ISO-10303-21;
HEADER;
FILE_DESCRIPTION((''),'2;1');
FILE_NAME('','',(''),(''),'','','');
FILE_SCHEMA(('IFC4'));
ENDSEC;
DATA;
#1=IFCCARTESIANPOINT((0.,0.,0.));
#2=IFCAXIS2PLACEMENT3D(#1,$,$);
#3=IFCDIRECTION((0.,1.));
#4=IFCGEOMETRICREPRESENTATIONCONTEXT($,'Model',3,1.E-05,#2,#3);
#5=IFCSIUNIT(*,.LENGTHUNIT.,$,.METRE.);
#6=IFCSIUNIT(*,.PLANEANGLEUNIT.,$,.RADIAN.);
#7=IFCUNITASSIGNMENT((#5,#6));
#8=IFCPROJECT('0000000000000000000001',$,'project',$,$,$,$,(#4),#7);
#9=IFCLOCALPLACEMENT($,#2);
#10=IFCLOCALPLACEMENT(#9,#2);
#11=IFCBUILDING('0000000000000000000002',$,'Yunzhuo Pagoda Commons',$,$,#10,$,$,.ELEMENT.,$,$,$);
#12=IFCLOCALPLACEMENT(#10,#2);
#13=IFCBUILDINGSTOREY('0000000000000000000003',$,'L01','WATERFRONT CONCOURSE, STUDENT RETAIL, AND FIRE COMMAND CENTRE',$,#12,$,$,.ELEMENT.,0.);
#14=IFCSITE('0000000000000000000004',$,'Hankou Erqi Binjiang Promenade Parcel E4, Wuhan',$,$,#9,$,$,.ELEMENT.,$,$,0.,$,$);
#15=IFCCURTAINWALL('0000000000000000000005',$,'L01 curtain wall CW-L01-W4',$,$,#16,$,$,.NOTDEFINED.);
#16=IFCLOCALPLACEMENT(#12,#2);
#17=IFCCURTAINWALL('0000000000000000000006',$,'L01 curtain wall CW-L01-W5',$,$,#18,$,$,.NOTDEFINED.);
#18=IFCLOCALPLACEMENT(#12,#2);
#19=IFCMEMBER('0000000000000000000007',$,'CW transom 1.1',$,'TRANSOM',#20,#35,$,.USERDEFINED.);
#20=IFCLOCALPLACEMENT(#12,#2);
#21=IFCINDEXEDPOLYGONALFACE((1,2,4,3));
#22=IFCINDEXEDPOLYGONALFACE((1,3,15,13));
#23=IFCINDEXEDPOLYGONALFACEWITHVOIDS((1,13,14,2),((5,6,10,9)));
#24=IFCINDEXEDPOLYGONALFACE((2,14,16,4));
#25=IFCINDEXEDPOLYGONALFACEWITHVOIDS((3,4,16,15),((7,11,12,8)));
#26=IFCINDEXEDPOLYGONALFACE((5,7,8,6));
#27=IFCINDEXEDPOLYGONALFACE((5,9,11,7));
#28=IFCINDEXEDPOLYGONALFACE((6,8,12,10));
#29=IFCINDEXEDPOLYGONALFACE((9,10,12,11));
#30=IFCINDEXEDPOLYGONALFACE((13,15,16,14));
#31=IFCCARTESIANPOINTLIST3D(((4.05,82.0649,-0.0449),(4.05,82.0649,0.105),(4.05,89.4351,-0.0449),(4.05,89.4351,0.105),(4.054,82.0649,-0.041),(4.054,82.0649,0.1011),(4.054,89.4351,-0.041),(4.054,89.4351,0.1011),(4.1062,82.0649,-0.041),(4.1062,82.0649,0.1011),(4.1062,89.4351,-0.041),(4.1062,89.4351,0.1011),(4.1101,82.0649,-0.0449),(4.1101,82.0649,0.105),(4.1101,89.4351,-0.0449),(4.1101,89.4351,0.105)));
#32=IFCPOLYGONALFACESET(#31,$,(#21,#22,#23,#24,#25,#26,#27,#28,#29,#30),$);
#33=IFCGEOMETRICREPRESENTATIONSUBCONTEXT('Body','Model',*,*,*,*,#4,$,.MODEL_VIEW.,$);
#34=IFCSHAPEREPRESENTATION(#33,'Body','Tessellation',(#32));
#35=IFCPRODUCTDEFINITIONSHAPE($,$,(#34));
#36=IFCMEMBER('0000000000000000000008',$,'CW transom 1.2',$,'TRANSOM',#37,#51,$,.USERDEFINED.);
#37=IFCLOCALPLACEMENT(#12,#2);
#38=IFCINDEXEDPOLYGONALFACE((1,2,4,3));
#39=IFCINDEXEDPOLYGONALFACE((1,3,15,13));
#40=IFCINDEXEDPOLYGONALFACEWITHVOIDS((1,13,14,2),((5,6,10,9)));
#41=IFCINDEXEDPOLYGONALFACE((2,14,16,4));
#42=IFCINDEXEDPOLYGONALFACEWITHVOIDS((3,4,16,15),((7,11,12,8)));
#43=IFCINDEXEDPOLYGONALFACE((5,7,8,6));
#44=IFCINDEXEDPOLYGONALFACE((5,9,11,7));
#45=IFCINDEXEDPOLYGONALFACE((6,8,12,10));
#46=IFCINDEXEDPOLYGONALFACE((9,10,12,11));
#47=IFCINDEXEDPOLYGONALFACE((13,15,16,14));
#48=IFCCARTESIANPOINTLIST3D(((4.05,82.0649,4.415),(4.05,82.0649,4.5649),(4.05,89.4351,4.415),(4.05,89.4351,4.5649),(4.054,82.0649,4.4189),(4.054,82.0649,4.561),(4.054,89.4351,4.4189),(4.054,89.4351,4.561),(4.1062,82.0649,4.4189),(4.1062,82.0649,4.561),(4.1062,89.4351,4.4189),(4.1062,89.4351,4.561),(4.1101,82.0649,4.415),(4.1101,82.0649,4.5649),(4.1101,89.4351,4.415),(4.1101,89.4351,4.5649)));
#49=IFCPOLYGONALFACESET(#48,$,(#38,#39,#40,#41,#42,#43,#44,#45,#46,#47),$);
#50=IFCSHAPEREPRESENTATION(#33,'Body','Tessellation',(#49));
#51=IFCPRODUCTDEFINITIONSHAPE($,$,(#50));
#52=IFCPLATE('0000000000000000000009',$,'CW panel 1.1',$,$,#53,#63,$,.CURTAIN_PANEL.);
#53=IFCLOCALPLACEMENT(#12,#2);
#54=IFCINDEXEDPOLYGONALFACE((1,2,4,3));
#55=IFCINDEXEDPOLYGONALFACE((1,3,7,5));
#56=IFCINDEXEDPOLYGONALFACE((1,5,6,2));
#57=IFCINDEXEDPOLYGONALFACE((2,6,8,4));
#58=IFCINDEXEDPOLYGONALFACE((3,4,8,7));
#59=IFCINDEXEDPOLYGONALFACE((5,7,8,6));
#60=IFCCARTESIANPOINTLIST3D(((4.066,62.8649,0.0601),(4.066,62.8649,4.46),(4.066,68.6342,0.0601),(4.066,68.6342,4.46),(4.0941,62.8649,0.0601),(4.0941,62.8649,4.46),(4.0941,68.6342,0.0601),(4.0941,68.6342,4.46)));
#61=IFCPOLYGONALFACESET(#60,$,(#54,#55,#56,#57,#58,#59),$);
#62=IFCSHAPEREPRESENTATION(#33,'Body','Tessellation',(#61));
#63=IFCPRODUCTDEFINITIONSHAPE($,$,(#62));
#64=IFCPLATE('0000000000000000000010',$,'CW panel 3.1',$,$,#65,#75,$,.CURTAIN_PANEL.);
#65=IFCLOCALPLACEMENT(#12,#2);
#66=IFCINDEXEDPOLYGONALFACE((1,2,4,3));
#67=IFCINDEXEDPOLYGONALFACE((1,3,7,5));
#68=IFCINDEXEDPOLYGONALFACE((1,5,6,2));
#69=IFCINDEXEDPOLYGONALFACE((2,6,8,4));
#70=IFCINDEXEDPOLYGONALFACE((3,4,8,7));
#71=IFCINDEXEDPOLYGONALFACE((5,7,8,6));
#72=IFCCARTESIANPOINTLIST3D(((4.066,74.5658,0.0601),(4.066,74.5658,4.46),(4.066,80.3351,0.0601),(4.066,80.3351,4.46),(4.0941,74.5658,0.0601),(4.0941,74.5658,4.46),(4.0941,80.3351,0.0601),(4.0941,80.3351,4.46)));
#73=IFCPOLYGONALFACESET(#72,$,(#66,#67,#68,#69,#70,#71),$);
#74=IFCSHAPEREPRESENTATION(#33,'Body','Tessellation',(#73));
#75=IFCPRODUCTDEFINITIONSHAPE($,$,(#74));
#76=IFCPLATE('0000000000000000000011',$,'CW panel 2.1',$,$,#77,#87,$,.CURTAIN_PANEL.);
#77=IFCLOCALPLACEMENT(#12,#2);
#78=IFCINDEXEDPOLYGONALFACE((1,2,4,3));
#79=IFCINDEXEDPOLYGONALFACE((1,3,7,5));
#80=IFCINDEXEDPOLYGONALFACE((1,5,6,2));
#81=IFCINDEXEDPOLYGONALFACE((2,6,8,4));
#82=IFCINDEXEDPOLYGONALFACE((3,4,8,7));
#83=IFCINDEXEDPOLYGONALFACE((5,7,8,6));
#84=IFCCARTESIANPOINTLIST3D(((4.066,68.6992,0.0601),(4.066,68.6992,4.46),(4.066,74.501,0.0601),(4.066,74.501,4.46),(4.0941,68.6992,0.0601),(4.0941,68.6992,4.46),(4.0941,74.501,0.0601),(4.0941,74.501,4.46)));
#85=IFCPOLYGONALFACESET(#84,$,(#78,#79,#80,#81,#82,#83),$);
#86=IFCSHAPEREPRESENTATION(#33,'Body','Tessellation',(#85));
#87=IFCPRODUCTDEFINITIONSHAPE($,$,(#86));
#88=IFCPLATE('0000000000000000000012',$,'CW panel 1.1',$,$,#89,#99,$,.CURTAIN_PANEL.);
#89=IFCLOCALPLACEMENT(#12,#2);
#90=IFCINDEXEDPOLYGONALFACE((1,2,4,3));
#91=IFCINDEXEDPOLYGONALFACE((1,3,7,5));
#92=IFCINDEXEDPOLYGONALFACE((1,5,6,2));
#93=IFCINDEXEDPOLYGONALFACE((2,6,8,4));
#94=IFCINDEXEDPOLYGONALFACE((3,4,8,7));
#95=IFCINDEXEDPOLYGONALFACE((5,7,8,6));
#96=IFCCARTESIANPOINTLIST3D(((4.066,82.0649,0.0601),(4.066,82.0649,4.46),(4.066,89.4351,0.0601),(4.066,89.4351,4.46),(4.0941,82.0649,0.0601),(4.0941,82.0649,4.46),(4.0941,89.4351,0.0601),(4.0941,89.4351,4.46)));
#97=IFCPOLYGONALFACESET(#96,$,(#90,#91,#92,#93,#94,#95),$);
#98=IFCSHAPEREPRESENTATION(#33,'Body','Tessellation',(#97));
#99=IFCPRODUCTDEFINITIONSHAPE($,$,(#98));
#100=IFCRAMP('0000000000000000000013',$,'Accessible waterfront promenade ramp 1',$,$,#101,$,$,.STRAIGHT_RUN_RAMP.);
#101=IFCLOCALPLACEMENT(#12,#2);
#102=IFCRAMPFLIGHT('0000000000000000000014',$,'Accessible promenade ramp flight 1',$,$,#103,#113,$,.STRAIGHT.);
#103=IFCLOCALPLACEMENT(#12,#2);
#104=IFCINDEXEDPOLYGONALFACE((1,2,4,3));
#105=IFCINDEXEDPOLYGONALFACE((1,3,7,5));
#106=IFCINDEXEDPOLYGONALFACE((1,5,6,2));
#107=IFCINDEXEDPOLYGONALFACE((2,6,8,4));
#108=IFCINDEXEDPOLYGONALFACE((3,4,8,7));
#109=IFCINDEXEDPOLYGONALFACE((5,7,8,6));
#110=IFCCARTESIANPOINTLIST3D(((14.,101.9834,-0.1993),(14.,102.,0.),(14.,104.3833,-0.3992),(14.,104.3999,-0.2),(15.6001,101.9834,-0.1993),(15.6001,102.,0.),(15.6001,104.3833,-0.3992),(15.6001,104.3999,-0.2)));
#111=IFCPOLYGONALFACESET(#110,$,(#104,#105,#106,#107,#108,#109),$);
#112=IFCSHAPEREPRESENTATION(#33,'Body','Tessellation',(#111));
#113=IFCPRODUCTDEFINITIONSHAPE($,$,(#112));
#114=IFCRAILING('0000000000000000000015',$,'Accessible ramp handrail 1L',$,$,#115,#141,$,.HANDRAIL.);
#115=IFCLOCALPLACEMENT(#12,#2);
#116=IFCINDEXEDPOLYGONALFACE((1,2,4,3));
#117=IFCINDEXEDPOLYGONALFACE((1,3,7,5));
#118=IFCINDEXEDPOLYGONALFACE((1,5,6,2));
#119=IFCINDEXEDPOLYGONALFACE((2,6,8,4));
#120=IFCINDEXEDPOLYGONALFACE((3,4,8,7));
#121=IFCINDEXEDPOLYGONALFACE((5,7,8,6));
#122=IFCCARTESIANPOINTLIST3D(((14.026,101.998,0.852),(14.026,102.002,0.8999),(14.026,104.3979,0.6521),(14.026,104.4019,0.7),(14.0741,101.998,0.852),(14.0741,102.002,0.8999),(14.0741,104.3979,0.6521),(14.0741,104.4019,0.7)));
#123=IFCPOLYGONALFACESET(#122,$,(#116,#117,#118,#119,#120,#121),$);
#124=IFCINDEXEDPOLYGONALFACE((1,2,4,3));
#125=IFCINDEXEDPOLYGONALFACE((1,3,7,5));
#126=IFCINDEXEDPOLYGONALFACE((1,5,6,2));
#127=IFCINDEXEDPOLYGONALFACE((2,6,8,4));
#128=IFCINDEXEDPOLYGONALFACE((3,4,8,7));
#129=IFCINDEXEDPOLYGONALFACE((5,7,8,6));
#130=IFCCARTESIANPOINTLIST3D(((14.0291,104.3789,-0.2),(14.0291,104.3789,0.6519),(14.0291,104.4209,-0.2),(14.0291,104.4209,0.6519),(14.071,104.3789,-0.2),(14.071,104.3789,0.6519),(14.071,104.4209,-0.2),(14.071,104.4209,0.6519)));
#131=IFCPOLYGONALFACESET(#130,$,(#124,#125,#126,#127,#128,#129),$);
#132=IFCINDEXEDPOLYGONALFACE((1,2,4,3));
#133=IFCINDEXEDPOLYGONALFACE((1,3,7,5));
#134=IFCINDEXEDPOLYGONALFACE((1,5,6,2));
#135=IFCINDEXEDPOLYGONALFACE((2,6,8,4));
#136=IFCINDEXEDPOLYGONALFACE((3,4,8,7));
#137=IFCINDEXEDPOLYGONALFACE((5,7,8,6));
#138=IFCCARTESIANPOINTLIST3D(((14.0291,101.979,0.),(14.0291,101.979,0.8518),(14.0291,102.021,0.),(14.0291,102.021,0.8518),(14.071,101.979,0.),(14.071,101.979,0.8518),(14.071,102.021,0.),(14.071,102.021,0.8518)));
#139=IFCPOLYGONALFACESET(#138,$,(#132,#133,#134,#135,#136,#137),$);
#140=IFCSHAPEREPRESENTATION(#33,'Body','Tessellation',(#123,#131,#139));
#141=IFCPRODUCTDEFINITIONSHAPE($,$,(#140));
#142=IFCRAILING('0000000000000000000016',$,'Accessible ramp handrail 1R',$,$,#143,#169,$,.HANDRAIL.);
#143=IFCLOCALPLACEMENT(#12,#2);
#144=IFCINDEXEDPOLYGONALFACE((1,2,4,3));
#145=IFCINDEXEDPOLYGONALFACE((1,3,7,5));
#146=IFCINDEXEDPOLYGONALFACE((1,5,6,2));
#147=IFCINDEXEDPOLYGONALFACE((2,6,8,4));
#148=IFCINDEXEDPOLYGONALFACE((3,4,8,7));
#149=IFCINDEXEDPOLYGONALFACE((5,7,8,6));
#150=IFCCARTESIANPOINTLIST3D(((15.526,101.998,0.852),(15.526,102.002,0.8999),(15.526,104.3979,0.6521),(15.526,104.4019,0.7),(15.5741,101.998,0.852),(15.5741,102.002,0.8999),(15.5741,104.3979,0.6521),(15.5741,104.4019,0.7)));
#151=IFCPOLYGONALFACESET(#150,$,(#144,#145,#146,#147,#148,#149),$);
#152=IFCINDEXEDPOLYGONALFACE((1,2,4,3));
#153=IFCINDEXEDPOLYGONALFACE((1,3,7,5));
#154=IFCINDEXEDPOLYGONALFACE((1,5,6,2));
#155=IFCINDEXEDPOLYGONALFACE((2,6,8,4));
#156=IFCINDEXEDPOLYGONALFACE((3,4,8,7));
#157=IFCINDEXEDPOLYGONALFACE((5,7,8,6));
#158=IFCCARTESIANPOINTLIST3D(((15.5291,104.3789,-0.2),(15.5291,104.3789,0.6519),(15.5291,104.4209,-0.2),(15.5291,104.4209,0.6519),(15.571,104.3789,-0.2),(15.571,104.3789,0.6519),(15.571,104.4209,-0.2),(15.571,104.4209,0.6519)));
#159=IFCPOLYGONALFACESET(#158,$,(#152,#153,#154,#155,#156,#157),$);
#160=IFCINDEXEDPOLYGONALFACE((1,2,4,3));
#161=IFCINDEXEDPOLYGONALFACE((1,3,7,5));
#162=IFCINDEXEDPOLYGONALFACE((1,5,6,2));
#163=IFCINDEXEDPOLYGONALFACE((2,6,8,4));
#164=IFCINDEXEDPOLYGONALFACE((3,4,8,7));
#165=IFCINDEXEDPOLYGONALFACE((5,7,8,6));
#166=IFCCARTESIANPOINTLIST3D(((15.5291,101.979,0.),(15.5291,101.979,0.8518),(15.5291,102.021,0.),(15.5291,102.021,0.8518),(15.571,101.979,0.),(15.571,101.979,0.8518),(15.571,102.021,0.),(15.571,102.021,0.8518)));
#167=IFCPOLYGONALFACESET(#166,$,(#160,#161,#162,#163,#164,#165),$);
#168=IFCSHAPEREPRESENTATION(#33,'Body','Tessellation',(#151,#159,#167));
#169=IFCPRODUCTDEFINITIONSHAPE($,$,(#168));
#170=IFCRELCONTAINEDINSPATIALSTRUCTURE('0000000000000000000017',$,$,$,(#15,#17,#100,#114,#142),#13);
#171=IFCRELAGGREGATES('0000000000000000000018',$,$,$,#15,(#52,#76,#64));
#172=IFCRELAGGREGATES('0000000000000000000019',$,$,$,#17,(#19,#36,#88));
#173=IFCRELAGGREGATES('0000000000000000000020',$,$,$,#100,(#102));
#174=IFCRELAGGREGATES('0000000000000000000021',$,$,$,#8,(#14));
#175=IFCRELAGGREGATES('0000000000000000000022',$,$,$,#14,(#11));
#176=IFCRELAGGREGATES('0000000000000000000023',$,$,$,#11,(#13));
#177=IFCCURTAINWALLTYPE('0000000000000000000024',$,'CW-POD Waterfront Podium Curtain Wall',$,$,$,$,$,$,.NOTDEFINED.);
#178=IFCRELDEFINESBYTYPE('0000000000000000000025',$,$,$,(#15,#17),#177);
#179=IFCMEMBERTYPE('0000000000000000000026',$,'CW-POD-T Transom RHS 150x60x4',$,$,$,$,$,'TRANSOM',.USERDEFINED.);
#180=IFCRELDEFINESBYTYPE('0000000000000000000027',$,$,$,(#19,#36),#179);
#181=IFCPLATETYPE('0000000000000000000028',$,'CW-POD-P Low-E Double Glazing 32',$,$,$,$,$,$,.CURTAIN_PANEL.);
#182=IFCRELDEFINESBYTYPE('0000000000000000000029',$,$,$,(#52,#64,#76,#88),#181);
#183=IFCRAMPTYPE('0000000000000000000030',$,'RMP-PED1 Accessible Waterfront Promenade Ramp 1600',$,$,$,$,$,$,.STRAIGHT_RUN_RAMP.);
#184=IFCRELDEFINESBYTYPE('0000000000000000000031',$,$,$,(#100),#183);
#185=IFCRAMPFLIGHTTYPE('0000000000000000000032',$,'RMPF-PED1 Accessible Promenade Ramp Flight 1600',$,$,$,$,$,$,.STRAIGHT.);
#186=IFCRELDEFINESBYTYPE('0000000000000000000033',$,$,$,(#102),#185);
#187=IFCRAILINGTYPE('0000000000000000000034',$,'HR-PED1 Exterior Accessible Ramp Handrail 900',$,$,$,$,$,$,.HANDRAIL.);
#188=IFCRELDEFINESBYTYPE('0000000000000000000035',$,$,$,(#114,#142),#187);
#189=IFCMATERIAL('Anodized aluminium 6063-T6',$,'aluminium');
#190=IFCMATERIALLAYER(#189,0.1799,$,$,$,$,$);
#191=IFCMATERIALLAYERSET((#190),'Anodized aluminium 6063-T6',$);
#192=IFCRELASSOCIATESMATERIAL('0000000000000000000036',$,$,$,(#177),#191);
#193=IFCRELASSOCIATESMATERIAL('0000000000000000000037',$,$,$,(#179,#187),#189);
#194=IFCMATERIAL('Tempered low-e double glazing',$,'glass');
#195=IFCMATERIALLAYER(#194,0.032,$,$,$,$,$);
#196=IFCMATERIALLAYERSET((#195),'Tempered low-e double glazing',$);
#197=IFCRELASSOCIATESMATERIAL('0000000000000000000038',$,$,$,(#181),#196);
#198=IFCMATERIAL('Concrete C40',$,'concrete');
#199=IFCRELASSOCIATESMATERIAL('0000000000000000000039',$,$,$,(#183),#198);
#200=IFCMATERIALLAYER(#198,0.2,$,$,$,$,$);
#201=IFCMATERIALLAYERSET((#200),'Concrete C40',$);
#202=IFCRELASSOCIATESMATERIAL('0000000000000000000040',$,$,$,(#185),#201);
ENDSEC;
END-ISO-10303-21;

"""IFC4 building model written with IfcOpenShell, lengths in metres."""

from ifc_helpers import new_model, si_unit, direction, frame, origin, origin_2d, place, context, subcontext, project, spatial, polyline, rectangle, hollow_rectangle, outline, extrude, source, transform, mapped, material, layer, layer_set, material_profile, profile_set, type_object, element, aggregate, save


model = new_model("IFC4")

# Units and contexts
model_context = context("Model", 3, precision=1e-05, world=origin(), true_north=direction((0.0, 1.0)))
body_context = subcontext(model_context, "Body", "Model", "MODEL_VIEW")
ifc_project = project(units=[si_unit("LENGTHUNIT", "METRE"), si_unit("PLANEANGLEUNIT", "RADIAN")], contexts=[model_context])

# Site, building, storey
site_placement = place(None, origin())
site = spatial("IfcSite", under=ifc_project, at=site_placement, Name="Hankou Erqi Binjiang Promenade Parcel E4, Wuhan", CompositionType="ELEMENT", RefElevation=0.0)
building_placement = place(site_placement, origin())
building = spatial("IfcBuilding", under=site, at=building_placement, Name="Yunzhuo Pagoda Commons", CompositionType="ELEMENT")
storey_placement = place(building_placement, origin())
storey = spatial("IfcBuildingStorey", under=building, at=storey_placement, Name="L01", Description="WATERFRONT CONCOURSE, STUDENT RETAIL, AND FIRE COMMAND CENTRE", CompositionType="ELEMENT", Elevation=0.0)

# Curtain walls
ifc_material_1 = material(Name="Anodized aluminium 6063-T6", Category="aluminium")
ifc_layer_1 = layer(ifc_material_1, 0.1799)
ifc_layer_set_1 = layer_set([ifc_layer_1], Name="Anodized aluminium 6063-T6")
curtain_wall_type = type_object("IfcCurtainWallType", Name="CW-POD Waterfront Podium Curtain Wall", PredefinedType="NOTDEFINED", material=ifc_layer_set_1)
curtain_wall_1_placement = place(storey_placement, origin())
curtain_wall_1 = element("IfcCurtainWall", 1, at=curtain_wall_1_placement, inside=storey, type_object=curtain_wall_type, Name="L01 curtain wall CW-L01-W4", PredefinedType="NOTDEFINED")
curtain_wall_2_placement = place(storey_placement, origin())
curtain_wall_2 = element("IfcCurtainWall", 2, at=curtain_wall_2_placement, inside=storey, type_object=curtain_wall_type, Name="L01 curtain wall CW-L01-W5", PredefinedType="NOTDEFINED")

# Members
ifc_material_profile_1 = material_profile(ifc_material_1, hollow_rectangle(XDim=0.0601, YDim=0.1499, WallThickness=0.0039, at=origin_2d()), Name="Anodized aluminium 6063-T6")
ifc_profile_set_1 = profile_set([ifc_material_profile_1], Name="Anodized aluminium 6063-T6")
member_type_1 = type_object("IfcMemberType", Name="CW-POD-T Transom RHS 150x60x4", ElementType="TRANSOM", PredefinedType="USERDEFINED", material=ifc_profile_set_1)
shared_shape_1 = source(origin(), body_context, "Body", "SweptSolid", [
    extrude(hollow_rectangle(XDim=0.0601, YDim=0.1499, WallThickness=0.0039, at=origin_2d()), origin(), (0.0, 0.0, 1.0), 7.3701),
])
member_1_placement = place(storey_placement, frame((4.0801, 82.0649, 0.03), z_axis=(0.0, 1.0, 0.0), x_axis=(-1.0, 0.0, 0.0)))
member_1 = element("IfcMember", 3, at=member_1_placement, type_object=member_type_1, Name="CW transom 1.1", ObjectType="TRANSOM", PredefinedType="USERDEFINED", context=body_context, shape_type="MappedRepresentation", body=[
    mapped(shared_shape_1, transform((0.0, 0.0, 0.0), scale=1.0)),
])
member_2_placement = place(storey_placement, frame((4.0801, 82.0649, 4.49), z_axis=(0.0, 1.0, 0.0), x_axis=(-1.0, 0.0, 0.0)))
member_2 = element("IfcMember", 4, at=member_2_placement, type_object=member_type_1, Name="CW transom 1.2", ObjectType="TRANSOM", PredefinedType="USERDEFINED", context=body_context, shape_type="MappedRepresentation", body=[
    mapped(shared_shape_1, transform((0.0, 0.0, 0.0), scale=1.0)),
])

# Plates
ifc_material_2 = material(Name="Tempered low-e double glazing", Category="glass")
ifc_layer_2 = layer(ifc_material_2, 0.032)
ifc_layer_set_2 = layer_set([ifc_layer_2], Name="Tempered low-e double glazing")
plate_type = type_object("IfcPlateType", Name="CW-POD-P Low-E Double Glazing 32", PredefinedType="CURTAIN_PANEL", material=ifc_layer_set_2)
shared_shape_2 = source(origin(), body_context, "Body", "SweptSolid", [
    extrude(rectangle(XDim=5.7693, YDim=0.0281, at=origin_2d()), origin(), (0.0, 0.0, 1.0), 4.3999),
])
plate_1_placement = place(storey_placement, frame((4.0801, 65.7495, 0.0601), z_axis=(0.0, 0.0, 1.0), x_axis=(0.0, 1.0, 0.0)))
plate_1 = element("IfcPlate", 5, at=plate_1_placement, type_object=plate_type, Name="CW panel 1.1", PredefinedType="CURTAIN_PANEL", context=body_context, shape_type="MappedRepresentation", body=[
    mapped(shared_shape_2, transform((0.0, 0.0, 0.0), scale=1.0)),
])
plate_2_placement = place(storey_placement, frame((4.0801, 77.4504, 0.0601), z_axis=(0.0, 0.0, 1.0), x_axis=(0.0, 1.0, 0.0)))
plate_2 = element("IfcPlate", 6, at=plate_2_placement, type_object=plate_type, Name="CW panel 3.1", PredefinedType="CURTAIN_PANEL", context=body_context, shape_type="MappedRepresentation", body=[
    mapped(shared_shape_2, transform((0.0, 0.0, 0.0), scale=1.0)),
])
shared_shape_3 = source(origin(), body_context, "Body", "SweptSolid", [
    extrude(rectangle(XDim=5.8018, YDim=0.0281, at=origin_2d()), origin(), (0.0, 0.0, 1.0), 4.3999),
])
plate_3_placement = place(storey_placement, frame((4.0801, 71.6001, 0.0601), z_axis=(0.0, 0.0, 1.0), x_axis=(0.0, 1.0, 0.0)))
plate_3 = element("IfcPlate", 7, at=plate_3_placement, type_object=plate_type, Name="CW panel 2.1", PredefinedType="CURTAIN_PANEL", context=body_context, shape_type="MappedRepresentation", body=[
    mapped(shared_shape_3, transform((0.0, 0.0, 0.0), scale=1.0)),
])
aggregate(curtain_wall_1, [plate_1, plate_3, plate_2])
shared_shape_4 = source(origin(), body_context, "Body", "SweptSolid", [
    extrude(rectangle(XDim=7.3701, YDim=0.0281, at=origin_2d()), origin(), (0.0, 0.0, 1.0), 4.3999),
])
plate_4_placement = place(storey_placement, frame((4.0801, 85.75, 0.0601), z_axis=(0.0, 0.0, 1.0), x_axis=(0.0, 1.0, 0.0)))
plate_4 = element("IfcPlate", 8, at=plate_4_placement, type_object=plate_type, Name="CW panel 1.1", PredefinedType="CURTAIN_PANEL", context=body_context, shape_type="MappedRepresentation", body=[
    mapped(shared_shape_4, transform((0.0, 0.0, 0.0), scale=1.0)),
])
aggregate(curtain_wall_2, [member_1, member_2, plate_4])

# Ramp, ramp flight
ifc_material_3 = material(Name="Concrete C40", Category="concrete")
ramp_type = type_object("IfcRampType", Name="RMP-PED1 Accessible Waterfront Promenade Ramp 1600", PredefinedType="STRAIGHT_RUN_RAMP", material=ifc_material_3)
ramp_placement = place(storey_placement, origin())
ramp = element("IfcRamp", 9, at=ramp_placement, inside=storey, type_object=ramp_type, Name="Accessible waterfront promenade ramp 1", PredefinedType="STRAIGHT_RUN_RAMP")
ifc_layer_3 = layer(ifc_material_3, 0.2)
ifc_layer_set_3 = layer_set([ifc_layer_3], Name="Concrete C40")
ramp_flight_type = type_object("IfcRampFlightType", Name="RMPF-PED1 Accessible Promenade Ramp Flight 1600", PredefinedType="STRAIGHT", material=ifc_layer_set_3)
ramp_flight_placement = place(storey_placement, frame((14.0, 104.3999, -0.2), z_axis=(0.0, 0.083029, 0.996547), x_axis=(1.0, 0.0, 0.0)))
ramp_flight = element("IfcRampFlight", 10, at=ramp_flight_placement, type_object=ramp_flight_type, Name="Accessible promenade ramp flight 1", PredefinedType="STRAIGHT", context=body_context, shape_type="SweptSolid", body=[
    extrude(outline(polyline([(0.0, 0.0), (1.6001, 0.0), (1.6001, -2.4082), (0.0, -2.4082), (0.0, 0.0)])), origin(), (0.0, 0.0, -1.0), 0.2),
])
aggregate(ramp, [ramp_flight])

# Railings
railing_type = type_object("IfcRailingType", Name="HR-PED1 Exterior Accessible Ramp Handrail 900", PredefinedType="HANDRAIL", material=ifc_material_1)
for number, where, name in (
    (11, (14.05, 104.3999, -0.2), "Accessible ramp handrail 1L"),
    (12, (15.55, 104.3999, -0.2), "Accessible ramp handrail 1R"),
):
    element("IfcRailing", number, at=place(storey_placement, frame(where)), inside=storey, type_object=railing_type, Name=name, PredefinedType="HANDRAIL", context=body_context, shape_type="SweptSolid", body=[
        extrude(rectangle(XDim=0.0481, YDim=0.0481, at=origin_2d()), frame((0.0, 0.0, 0.876), z_axis=(0.0, -0.996547, 0.083029), x_axis=(1.0, 0.0, 0.0)), (0.0, 0.0, 1.0), 2.4082),
        extrude(rectangle(XDim=0.042, YDim=0.042, at=origin_2d()), origin(), (0.0, 0.0, 1.0), 0.8518),
        extrude(rectangle(XDim=0.042, YDim=0.042, at=origin_2d()), frame((0.0, -2.3999, 0.2)), (0.0, 0.0, 1.0), 0.8518),
    ])

save(model, "model.ifc")
